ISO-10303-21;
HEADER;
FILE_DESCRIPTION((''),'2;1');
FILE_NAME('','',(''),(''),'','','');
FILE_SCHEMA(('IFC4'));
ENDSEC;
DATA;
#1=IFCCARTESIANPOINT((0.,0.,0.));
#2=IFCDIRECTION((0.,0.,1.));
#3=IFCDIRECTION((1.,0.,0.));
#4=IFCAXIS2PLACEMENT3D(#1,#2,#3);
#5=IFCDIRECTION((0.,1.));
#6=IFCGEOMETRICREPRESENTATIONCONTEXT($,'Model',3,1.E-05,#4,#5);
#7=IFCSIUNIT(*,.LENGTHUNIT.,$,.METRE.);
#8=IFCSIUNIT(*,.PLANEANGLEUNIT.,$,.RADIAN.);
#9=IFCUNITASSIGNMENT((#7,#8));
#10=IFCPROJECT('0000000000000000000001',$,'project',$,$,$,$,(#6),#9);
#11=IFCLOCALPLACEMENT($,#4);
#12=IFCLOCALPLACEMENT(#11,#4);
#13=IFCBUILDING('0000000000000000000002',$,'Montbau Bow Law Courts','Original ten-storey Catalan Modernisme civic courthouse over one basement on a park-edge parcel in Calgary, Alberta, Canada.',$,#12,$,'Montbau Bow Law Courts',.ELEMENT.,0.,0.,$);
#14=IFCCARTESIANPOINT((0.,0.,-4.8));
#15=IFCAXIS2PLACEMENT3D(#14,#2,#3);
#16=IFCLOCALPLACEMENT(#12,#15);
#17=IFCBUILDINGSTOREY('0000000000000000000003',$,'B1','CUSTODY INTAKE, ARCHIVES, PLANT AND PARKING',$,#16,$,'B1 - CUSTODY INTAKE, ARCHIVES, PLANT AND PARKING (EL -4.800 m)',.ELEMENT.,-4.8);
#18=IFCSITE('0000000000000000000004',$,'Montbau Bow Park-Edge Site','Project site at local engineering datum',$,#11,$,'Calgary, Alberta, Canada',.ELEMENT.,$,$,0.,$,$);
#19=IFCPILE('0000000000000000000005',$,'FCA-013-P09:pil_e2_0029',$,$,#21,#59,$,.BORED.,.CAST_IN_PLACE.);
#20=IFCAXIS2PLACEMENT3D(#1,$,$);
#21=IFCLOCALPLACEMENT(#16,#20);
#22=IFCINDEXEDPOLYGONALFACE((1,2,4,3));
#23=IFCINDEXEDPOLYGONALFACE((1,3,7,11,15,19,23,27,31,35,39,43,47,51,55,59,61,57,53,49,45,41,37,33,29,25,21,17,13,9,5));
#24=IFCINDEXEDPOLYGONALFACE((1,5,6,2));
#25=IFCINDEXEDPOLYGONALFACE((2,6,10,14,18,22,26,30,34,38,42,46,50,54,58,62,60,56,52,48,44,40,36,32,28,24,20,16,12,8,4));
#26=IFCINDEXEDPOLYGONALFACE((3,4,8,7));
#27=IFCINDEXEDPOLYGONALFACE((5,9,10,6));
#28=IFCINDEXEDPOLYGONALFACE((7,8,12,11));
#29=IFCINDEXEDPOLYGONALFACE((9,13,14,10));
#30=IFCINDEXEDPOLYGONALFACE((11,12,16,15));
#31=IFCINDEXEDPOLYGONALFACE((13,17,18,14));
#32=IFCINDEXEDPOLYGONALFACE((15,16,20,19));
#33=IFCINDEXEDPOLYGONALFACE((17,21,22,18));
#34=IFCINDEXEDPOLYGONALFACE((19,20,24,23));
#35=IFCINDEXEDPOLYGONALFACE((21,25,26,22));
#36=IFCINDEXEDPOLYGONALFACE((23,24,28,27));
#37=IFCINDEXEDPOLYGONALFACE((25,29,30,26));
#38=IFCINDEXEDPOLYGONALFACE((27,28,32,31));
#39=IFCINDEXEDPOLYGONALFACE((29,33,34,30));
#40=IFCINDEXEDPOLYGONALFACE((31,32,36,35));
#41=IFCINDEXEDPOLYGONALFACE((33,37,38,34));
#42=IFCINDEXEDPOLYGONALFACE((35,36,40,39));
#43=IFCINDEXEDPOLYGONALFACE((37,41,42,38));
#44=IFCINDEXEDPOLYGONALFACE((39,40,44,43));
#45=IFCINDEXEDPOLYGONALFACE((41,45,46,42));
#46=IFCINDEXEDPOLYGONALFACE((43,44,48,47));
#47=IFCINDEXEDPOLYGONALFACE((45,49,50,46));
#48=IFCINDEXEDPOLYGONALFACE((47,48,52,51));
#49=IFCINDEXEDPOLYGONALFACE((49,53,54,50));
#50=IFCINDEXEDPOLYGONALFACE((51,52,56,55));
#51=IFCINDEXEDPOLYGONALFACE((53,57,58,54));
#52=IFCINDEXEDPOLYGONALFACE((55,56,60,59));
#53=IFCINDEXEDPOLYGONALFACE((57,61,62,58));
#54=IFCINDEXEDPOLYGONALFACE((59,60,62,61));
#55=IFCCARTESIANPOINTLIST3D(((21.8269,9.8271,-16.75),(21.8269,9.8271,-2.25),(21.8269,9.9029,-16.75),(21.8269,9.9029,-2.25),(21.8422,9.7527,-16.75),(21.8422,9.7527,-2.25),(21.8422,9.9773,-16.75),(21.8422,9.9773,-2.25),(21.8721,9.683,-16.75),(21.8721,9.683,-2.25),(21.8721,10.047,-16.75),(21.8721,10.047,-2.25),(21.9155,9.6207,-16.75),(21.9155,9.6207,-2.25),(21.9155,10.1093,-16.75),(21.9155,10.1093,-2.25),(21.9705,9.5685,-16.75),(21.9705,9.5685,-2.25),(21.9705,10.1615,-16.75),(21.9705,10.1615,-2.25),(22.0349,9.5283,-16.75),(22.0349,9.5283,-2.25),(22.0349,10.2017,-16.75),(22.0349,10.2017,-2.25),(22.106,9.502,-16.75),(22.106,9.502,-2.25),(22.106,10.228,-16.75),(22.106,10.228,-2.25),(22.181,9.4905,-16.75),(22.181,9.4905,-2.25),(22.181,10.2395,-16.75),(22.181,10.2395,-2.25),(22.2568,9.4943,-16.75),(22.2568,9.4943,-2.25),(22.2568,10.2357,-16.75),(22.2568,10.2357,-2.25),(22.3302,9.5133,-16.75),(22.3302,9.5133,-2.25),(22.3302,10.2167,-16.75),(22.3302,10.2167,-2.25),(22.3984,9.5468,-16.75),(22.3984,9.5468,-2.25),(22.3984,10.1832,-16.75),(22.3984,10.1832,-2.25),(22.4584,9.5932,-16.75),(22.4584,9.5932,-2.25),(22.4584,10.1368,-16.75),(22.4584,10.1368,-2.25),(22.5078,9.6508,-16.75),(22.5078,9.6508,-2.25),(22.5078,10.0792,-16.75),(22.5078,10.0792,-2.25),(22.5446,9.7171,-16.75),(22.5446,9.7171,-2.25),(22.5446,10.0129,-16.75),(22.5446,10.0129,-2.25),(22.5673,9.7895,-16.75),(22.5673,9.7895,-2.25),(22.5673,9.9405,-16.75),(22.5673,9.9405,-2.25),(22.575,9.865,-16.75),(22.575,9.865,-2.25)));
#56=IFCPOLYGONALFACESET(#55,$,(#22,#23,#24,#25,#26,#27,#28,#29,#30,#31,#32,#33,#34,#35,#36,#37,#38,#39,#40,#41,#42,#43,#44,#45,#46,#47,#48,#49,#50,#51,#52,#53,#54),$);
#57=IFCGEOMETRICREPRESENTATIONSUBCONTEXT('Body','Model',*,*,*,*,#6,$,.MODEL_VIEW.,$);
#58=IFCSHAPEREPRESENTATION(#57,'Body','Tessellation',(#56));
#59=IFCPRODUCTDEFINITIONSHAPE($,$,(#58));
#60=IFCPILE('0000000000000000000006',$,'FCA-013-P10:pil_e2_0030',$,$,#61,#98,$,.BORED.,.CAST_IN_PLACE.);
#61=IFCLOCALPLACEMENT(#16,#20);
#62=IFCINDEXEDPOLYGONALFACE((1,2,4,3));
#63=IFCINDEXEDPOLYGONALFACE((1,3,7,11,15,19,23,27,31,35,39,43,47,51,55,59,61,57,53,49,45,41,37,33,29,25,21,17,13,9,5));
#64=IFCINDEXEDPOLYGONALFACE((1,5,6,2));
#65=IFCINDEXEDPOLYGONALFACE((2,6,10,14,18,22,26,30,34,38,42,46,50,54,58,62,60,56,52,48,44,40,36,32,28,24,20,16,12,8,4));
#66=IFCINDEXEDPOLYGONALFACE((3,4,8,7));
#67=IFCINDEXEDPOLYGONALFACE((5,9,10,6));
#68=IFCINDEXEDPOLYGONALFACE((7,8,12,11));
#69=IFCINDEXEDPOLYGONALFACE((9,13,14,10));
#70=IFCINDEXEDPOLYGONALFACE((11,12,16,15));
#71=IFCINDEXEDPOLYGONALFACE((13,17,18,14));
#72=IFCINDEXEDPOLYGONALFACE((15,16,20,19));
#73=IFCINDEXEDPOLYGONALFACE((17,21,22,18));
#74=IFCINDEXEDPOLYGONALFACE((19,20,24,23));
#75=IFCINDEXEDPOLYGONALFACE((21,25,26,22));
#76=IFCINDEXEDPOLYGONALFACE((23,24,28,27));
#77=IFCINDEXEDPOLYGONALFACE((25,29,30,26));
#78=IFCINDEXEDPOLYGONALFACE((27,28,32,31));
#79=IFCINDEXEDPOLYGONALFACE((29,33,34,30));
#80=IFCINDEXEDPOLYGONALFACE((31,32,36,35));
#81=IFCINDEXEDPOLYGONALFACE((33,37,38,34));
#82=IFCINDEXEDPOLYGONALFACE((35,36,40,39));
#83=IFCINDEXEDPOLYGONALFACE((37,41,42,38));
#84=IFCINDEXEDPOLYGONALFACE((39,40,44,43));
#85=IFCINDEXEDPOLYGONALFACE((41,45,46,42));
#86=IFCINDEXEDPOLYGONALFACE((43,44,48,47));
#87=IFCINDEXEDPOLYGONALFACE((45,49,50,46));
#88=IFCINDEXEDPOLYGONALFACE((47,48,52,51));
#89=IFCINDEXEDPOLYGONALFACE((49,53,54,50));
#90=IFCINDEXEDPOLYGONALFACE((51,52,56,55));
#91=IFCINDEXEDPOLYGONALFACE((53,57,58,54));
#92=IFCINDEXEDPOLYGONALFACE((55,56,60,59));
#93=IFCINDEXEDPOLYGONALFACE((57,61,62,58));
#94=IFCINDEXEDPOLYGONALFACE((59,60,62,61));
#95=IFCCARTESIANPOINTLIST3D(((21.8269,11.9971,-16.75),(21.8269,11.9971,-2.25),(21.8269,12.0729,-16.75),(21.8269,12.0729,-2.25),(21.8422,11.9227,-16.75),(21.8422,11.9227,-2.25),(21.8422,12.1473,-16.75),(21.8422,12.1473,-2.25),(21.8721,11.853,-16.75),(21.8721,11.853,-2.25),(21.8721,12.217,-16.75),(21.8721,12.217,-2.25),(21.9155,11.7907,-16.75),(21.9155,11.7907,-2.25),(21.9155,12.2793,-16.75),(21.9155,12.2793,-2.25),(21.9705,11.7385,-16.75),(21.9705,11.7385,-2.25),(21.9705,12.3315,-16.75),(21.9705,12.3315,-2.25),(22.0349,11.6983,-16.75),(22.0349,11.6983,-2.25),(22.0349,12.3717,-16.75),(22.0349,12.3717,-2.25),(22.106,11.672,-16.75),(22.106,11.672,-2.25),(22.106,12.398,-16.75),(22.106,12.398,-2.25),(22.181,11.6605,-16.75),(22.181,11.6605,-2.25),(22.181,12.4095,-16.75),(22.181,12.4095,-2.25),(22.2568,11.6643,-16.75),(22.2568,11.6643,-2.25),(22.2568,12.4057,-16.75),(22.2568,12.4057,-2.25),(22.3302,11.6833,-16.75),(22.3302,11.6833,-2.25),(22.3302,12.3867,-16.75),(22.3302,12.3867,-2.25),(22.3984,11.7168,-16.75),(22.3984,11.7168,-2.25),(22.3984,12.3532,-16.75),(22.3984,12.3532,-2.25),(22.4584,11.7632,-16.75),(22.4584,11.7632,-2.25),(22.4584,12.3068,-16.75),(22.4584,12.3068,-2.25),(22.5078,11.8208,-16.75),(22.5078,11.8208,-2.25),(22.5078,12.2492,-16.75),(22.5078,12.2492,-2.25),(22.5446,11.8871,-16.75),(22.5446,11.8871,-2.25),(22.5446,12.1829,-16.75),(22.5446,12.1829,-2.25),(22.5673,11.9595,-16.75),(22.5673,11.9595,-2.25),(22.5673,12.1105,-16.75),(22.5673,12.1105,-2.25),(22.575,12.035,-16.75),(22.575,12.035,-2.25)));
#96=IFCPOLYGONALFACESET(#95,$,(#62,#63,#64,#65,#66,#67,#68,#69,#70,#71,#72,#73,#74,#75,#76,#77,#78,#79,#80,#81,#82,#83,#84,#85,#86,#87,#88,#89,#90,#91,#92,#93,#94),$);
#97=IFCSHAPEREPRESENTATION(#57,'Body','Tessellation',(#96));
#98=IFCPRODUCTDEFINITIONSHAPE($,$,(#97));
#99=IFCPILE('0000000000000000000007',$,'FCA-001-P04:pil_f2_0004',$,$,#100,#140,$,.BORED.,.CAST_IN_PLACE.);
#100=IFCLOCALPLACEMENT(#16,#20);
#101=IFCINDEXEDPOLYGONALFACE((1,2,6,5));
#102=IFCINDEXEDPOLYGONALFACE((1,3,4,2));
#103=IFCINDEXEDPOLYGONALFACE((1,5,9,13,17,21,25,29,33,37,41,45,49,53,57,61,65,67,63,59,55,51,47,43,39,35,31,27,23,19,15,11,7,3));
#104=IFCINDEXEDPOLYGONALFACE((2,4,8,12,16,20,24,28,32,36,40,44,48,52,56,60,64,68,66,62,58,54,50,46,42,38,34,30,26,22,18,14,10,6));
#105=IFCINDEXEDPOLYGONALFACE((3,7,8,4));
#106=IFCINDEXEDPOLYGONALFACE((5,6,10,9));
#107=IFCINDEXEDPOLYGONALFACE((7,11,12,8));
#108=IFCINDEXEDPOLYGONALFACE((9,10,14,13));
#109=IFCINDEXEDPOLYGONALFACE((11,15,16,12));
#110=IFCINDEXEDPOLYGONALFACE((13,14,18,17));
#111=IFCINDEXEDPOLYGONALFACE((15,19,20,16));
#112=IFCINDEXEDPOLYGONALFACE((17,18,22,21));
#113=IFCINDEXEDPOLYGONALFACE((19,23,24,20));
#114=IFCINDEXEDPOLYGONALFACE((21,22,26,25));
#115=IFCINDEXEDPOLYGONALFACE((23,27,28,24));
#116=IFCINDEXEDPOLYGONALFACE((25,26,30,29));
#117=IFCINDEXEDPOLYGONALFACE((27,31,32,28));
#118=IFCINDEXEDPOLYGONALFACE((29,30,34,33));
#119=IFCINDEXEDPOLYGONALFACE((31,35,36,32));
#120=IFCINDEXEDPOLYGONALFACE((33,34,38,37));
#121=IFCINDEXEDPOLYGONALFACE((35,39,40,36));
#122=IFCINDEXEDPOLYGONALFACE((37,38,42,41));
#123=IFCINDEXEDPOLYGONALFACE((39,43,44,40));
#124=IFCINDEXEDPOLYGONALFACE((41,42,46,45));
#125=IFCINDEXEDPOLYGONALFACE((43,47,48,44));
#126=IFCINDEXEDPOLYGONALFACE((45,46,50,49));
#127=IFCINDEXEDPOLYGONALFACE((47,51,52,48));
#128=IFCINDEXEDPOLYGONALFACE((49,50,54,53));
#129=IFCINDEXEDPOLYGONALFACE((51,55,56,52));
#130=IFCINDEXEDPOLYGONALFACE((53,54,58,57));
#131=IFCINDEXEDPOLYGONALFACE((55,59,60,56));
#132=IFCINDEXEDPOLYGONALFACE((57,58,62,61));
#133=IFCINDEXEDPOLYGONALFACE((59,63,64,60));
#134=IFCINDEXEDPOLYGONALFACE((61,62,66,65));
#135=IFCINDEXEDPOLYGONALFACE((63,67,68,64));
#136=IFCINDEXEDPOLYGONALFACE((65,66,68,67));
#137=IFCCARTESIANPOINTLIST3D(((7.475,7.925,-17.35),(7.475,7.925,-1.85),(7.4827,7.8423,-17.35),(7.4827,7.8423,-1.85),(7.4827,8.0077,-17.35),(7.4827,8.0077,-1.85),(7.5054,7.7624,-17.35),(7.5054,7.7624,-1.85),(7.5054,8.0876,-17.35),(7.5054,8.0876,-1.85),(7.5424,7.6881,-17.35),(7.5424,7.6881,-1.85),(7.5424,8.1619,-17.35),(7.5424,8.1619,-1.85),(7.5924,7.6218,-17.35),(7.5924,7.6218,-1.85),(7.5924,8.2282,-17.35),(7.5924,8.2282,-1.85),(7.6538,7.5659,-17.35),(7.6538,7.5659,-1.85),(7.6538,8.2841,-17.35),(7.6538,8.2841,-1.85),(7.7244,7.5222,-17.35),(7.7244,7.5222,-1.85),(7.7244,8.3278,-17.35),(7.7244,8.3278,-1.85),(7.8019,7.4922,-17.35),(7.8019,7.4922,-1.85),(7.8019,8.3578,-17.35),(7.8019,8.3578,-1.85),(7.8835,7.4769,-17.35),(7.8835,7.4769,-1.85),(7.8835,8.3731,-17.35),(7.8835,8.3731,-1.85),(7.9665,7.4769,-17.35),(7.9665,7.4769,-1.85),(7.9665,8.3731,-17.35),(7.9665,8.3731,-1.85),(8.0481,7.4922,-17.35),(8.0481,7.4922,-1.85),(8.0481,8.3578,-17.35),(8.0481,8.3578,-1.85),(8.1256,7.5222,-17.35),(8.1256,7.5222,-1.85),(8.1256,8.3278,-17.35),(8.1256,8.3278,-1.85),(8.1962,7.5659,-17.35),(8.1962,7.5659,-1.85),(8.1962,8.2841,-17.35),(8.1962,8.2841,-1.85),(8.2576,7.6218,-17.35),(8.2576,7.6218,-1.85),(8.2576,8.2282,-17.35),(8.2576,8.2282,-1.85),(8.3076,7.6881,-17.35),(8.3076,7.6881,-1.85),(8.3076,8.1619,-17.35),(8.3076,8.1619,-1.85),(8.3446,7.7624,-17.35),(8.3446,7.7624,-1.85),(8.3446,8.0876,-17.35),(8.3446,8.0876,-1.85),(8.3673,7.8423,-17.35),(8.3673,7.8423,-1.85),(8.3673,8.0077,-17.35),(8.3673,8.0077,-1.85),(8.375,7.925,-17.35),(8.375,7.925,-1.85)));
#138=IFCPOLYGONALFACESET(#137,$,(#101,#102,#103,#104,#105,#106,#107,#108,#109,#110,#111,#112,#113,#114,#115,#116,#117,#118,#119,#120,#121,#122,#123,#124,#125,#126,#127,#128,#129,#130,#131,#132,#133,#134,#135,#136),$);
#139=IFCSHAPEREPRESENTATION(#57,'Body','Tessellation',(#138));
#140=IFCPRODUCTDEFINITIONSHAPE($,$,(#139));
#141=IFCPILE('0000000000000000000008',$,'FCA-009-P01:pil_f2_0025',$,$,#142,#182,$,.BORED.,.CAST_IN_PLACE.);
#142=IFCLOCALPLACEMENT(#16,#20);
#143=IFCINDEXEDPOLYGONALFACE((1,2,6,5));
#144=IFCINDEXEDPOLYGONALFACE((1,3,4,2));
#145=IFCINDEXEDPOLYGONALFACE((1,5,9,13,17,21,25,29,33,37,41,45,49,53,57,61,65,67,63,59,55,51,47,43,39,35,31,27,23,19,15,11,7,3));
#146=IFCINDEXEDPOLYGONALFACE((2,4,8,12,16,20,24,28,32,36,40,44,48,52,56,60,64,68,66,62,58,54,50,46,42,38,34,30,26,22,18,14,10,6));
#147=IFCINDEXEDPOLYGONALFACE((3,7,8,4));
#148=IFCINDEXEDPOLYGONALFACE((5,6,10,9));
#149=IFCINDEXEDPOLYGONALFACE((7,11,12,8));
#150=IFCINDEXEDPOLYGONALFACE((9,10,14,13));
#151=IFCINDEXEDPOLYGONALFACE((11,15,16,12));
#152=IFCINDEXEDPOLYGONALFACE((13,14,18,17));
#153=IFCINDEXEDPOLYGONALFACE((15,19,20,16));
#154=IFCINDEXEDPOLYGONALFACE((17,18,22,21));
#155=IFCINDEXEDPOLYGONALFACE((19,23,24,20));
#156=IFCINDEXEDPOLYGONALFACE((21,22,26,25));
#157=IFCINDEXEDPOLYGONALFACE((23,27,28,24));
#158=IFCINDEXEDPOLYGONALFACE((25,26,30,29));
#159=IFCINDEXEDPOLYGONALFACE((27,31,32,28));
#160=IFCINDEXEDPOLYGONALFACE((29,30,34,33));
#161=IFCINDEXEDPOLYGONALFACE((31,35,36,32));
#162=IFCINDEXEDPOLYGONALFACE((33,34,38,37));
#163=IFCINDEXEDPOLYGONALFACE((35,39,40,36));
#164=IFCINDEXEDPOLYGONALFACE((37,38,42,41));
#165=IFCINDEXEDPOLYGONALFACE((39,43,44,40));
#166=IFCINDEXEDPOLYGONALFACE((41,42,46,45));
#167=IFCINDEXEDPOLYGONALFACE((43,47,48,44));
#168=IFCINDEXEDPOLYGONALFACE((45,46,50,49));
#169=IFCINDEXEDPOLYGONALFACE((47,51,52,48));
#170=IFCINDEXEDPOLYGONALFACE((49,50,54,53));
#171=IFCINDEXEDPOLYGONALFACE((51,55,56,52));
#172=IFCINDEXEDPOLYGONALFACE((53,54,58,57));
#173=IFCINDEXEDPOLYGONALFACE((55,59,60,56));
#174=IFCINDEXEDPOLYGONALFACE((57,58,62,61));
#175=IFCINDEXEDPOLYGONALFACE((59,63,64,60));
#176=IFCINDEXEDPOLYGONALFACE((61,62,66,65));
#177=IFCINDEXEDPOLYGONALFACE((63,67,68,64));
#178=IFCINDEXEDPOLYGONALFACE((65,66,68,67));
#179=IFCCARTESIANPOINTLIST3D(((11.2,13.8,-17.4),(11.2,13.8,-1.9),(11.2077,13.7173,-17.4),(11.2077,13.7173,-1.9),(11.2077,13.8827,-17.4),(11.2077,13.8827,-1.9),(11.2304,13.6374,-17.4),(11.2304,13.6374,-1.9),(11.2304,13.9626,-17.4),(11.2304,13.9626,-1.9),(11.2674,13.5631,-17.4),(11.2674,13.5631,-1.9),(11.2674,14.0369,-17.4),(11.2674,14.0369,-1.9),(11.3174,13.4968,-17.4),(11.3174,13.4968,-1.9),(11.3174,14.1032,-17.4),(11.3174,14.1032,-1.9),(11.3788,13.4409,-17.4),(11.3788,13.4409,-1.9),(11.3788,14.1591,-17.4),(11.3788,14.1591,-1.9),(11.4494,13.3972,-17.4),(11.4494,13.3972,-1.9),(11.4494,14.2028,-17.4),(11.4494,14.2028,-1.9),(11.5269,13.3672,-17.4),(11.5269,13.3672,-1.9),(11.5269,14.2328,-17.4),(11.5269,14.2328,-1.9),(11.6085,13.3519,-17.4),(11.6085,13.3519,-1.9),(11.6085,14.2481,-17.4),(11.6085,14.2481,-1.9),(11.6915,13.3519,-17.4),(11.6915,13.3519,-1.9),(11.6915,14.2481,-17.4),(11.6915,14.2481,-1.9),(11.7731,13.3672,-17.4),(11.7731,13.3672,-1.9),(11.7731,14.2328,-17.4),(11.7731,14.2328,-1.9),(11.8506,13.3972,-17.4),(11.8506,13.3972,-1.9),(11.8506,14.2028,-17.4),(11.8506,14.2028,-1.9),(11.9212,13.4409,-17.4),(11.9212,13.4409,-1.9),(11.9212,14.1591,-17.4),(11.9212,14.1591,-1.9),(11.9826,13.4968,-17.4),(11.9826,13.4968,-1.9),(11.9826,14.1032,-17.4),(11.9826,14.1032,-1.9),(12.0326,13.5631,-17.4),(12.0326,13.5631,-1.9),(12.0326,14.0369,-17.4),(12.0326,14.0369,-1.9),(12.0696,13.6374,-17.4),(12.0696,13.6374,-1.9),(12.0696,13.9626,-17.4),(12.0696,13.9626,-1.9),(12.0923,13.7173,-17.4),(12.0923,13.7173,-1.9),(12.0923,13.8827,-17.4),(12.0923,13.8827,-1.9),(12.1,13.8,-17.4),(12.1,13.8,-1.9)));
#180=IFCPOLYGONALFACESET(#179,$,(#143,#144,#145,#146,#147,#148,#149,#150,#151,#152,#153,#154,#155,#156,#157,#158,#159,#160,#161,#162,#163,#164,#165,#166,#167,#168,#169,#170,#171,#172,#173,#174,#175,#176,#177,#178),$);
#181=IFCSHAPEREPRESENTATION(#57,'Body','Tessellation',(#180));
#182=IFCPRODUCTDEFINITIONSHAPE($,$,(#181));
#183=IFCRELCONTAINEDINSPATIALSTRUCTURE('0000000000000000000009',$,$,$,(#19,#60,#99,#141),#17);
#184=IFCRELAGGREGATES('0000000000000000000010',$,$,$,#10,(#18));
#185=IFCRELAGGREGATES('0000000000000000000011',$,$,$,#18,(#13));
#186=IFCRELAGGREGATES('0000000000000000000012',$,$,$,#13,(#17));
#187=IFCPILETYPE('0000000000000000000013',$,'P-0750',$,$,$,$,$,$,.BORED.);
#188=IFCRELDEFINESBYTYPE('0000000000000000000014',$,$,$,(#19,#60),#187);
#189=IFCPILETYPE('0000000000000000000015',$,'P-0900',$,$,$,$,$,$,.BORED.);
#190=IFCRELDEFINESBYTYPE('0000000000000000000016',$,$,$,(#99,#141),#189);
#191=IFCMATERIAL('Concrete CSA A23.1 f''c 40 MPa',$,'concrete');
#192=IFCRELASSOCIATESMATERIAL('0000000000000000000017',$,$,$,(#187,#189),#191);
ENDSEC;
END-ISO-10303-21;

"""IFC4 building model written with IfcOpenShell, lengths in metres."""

from ifc_helpers import new_model, si_unit, direction, frame, origin_with_axes, origin_2d_with_axis, place, context, subcontext, project, spatial, circle, extrude, material, material_profile, profile_set, type_object, element, save


model = new_model("IFC4")

# Units and contexts
model_context = context("Model", 3, precision=1e-05, world=origin_with_axes(), true_north=direction((0.0, 1.0)))
body_context = subcontext(model_context, "Body", "Model", "MODEL_VIEW")
ifc_project = project(units=[si_unit("LENGTHUNIT", "METRE"), si_unit("PLANEANGLEUNIT", "RADIAN")], contexts=[model_context])

# Site, building, storey
site_placement = place(None, origin_with_axes())
site = spatial("IfcSite", under=ifc_project, at=site_placement, Name="Montbau Bow Park-Edge Site", Description="Project site at local engineering datum", LongName="Calgary, Alberta, Canada", CompositionType="ELEMENT", RefElevation=0.0)
building_placement = place(site_placement, origin_with_axes())
building = spatial("IfcBuilding", under=site, at=building_placement, Name="Montbau Bow Law Courts", Description="Original ten-storey Catalan Modernisme civic courthouse over one basement on a park-edge parcel in Calgary, Alberta, Canada.", LongName="Montbau Bow Law Courts", CompositionType="ELEMENT", ElevationOfRefHeight=0.0, ElevationOfTerrain=0.0)
storey_placement = place(building_placement, frame((0.0, 0.0, -4.8), z_axis=(0.0, 0.0, 1.0), x_axis=(1.0, 0.0, 0.0)))
storey = spatial("IfcBuildingStorey", under=building, at=storey_placement, Name="B1", Description="CUSTODY INTAKE, ARCHIVES, PLANT AND PARKING", LongName="B1 - CUSTODY INTAKE, ARCHIVES, PLANT AND PARKING (EL -4.800 m)", CompositionType="ELEMENT", Elevation=-4.8)

# Piles
ifc_material_1 = material(Name="Concrete CSA A23.1 f'c 40 MPa", Category="concrete")
ifc_material_profile_1 = material_profile(ifc_material_1, circle(Radius=0.375, at=origin_2d_with_axis()), Name="BP750", Category="Main", Priority=0)
ifc_profile_set_1 = profile_set([ifc_material_profile_1], Name="Concrete CSA A23.1 f'c 40 MPa")
pile_type_1 = type_object("IfcPileType", Name="P-0750", PredefinedType="BORED", material=ifc_profile_set_1)
for number, where, z_axis, x_axis, name in (
    (1, (22.2, 9.865, -21.55), (0.0, 0.0, 1.0), (1.0, 0.0, 0.0), "FCA-013-P09:pil_e2_0029"),
    (2, (22.2, 12.035, -21.55), (0.0, 0.0, 1.0), (1.0, 0.0, 0.0), "FCA-013-P10:pil_e2_0030"),
):
    element("IfcPile", number, at=place(None, frame(where, z_axis=z_axis, x_axis=x_axis)), inside=storey, type_object=pile_type_1, Name=name, ConstructionType="CAST_IN_PLACE", PredefinedType="BORED", context=body_context, shape_type="SweptSolid", body=[
        extrude(circle(Radius=0.375, at=origin_2d_with_axis()), origin_with_axes(), (0.0, 0.0, 1.0), 14.5),
    ])
ifc_material_profile_2 = material_profile(ifc_material_1, circle(Radius=0.45, at=origin_2d_with_axis()), Name="BP900", Category="Main", Priority=0)
ifc_profile_set_2 = profile_set([ifc_material_profile_2], Name="Concrete CSA A23.1 f'c 40 MPa")
pile_type_2 = type_object("IfcPileType", Name="P-0900", PredefinedType="BORED", material=ifc_profile_set_2)
for number, where, z_axis, x_axis, name in (
    (3, (7.925, 7.925, -22.15), (0.0, 0.0, 1.0), (1.0, 0.0, 0.0), "FCA-001-P04:pil_f2_0004"),
    (4, (11.65, 13.8, -22.2), (0.0, 0.0, 1.0), (1.0, 0.0, 0.0), "FCA-009-P01:pil_f2_0025"),
):
    element("IfcPile", number, at=place(None, frame(where, z_axis=z_axis, x_axis=x_axis)), inside=storey, type_object=pile_type_2, Name=name, ConstructionType="CAST_IN_PLACE", PredefinedType="BORED", context=body_context, shape_type="SweptSolid", body=[
        extrude(circle(Radius=0.45, at=origin_2d_with_axis()), origin_with_axes(), (0.0, 0.0, 1.0), 15.5),
    ])

save(model, "model.ifc")
